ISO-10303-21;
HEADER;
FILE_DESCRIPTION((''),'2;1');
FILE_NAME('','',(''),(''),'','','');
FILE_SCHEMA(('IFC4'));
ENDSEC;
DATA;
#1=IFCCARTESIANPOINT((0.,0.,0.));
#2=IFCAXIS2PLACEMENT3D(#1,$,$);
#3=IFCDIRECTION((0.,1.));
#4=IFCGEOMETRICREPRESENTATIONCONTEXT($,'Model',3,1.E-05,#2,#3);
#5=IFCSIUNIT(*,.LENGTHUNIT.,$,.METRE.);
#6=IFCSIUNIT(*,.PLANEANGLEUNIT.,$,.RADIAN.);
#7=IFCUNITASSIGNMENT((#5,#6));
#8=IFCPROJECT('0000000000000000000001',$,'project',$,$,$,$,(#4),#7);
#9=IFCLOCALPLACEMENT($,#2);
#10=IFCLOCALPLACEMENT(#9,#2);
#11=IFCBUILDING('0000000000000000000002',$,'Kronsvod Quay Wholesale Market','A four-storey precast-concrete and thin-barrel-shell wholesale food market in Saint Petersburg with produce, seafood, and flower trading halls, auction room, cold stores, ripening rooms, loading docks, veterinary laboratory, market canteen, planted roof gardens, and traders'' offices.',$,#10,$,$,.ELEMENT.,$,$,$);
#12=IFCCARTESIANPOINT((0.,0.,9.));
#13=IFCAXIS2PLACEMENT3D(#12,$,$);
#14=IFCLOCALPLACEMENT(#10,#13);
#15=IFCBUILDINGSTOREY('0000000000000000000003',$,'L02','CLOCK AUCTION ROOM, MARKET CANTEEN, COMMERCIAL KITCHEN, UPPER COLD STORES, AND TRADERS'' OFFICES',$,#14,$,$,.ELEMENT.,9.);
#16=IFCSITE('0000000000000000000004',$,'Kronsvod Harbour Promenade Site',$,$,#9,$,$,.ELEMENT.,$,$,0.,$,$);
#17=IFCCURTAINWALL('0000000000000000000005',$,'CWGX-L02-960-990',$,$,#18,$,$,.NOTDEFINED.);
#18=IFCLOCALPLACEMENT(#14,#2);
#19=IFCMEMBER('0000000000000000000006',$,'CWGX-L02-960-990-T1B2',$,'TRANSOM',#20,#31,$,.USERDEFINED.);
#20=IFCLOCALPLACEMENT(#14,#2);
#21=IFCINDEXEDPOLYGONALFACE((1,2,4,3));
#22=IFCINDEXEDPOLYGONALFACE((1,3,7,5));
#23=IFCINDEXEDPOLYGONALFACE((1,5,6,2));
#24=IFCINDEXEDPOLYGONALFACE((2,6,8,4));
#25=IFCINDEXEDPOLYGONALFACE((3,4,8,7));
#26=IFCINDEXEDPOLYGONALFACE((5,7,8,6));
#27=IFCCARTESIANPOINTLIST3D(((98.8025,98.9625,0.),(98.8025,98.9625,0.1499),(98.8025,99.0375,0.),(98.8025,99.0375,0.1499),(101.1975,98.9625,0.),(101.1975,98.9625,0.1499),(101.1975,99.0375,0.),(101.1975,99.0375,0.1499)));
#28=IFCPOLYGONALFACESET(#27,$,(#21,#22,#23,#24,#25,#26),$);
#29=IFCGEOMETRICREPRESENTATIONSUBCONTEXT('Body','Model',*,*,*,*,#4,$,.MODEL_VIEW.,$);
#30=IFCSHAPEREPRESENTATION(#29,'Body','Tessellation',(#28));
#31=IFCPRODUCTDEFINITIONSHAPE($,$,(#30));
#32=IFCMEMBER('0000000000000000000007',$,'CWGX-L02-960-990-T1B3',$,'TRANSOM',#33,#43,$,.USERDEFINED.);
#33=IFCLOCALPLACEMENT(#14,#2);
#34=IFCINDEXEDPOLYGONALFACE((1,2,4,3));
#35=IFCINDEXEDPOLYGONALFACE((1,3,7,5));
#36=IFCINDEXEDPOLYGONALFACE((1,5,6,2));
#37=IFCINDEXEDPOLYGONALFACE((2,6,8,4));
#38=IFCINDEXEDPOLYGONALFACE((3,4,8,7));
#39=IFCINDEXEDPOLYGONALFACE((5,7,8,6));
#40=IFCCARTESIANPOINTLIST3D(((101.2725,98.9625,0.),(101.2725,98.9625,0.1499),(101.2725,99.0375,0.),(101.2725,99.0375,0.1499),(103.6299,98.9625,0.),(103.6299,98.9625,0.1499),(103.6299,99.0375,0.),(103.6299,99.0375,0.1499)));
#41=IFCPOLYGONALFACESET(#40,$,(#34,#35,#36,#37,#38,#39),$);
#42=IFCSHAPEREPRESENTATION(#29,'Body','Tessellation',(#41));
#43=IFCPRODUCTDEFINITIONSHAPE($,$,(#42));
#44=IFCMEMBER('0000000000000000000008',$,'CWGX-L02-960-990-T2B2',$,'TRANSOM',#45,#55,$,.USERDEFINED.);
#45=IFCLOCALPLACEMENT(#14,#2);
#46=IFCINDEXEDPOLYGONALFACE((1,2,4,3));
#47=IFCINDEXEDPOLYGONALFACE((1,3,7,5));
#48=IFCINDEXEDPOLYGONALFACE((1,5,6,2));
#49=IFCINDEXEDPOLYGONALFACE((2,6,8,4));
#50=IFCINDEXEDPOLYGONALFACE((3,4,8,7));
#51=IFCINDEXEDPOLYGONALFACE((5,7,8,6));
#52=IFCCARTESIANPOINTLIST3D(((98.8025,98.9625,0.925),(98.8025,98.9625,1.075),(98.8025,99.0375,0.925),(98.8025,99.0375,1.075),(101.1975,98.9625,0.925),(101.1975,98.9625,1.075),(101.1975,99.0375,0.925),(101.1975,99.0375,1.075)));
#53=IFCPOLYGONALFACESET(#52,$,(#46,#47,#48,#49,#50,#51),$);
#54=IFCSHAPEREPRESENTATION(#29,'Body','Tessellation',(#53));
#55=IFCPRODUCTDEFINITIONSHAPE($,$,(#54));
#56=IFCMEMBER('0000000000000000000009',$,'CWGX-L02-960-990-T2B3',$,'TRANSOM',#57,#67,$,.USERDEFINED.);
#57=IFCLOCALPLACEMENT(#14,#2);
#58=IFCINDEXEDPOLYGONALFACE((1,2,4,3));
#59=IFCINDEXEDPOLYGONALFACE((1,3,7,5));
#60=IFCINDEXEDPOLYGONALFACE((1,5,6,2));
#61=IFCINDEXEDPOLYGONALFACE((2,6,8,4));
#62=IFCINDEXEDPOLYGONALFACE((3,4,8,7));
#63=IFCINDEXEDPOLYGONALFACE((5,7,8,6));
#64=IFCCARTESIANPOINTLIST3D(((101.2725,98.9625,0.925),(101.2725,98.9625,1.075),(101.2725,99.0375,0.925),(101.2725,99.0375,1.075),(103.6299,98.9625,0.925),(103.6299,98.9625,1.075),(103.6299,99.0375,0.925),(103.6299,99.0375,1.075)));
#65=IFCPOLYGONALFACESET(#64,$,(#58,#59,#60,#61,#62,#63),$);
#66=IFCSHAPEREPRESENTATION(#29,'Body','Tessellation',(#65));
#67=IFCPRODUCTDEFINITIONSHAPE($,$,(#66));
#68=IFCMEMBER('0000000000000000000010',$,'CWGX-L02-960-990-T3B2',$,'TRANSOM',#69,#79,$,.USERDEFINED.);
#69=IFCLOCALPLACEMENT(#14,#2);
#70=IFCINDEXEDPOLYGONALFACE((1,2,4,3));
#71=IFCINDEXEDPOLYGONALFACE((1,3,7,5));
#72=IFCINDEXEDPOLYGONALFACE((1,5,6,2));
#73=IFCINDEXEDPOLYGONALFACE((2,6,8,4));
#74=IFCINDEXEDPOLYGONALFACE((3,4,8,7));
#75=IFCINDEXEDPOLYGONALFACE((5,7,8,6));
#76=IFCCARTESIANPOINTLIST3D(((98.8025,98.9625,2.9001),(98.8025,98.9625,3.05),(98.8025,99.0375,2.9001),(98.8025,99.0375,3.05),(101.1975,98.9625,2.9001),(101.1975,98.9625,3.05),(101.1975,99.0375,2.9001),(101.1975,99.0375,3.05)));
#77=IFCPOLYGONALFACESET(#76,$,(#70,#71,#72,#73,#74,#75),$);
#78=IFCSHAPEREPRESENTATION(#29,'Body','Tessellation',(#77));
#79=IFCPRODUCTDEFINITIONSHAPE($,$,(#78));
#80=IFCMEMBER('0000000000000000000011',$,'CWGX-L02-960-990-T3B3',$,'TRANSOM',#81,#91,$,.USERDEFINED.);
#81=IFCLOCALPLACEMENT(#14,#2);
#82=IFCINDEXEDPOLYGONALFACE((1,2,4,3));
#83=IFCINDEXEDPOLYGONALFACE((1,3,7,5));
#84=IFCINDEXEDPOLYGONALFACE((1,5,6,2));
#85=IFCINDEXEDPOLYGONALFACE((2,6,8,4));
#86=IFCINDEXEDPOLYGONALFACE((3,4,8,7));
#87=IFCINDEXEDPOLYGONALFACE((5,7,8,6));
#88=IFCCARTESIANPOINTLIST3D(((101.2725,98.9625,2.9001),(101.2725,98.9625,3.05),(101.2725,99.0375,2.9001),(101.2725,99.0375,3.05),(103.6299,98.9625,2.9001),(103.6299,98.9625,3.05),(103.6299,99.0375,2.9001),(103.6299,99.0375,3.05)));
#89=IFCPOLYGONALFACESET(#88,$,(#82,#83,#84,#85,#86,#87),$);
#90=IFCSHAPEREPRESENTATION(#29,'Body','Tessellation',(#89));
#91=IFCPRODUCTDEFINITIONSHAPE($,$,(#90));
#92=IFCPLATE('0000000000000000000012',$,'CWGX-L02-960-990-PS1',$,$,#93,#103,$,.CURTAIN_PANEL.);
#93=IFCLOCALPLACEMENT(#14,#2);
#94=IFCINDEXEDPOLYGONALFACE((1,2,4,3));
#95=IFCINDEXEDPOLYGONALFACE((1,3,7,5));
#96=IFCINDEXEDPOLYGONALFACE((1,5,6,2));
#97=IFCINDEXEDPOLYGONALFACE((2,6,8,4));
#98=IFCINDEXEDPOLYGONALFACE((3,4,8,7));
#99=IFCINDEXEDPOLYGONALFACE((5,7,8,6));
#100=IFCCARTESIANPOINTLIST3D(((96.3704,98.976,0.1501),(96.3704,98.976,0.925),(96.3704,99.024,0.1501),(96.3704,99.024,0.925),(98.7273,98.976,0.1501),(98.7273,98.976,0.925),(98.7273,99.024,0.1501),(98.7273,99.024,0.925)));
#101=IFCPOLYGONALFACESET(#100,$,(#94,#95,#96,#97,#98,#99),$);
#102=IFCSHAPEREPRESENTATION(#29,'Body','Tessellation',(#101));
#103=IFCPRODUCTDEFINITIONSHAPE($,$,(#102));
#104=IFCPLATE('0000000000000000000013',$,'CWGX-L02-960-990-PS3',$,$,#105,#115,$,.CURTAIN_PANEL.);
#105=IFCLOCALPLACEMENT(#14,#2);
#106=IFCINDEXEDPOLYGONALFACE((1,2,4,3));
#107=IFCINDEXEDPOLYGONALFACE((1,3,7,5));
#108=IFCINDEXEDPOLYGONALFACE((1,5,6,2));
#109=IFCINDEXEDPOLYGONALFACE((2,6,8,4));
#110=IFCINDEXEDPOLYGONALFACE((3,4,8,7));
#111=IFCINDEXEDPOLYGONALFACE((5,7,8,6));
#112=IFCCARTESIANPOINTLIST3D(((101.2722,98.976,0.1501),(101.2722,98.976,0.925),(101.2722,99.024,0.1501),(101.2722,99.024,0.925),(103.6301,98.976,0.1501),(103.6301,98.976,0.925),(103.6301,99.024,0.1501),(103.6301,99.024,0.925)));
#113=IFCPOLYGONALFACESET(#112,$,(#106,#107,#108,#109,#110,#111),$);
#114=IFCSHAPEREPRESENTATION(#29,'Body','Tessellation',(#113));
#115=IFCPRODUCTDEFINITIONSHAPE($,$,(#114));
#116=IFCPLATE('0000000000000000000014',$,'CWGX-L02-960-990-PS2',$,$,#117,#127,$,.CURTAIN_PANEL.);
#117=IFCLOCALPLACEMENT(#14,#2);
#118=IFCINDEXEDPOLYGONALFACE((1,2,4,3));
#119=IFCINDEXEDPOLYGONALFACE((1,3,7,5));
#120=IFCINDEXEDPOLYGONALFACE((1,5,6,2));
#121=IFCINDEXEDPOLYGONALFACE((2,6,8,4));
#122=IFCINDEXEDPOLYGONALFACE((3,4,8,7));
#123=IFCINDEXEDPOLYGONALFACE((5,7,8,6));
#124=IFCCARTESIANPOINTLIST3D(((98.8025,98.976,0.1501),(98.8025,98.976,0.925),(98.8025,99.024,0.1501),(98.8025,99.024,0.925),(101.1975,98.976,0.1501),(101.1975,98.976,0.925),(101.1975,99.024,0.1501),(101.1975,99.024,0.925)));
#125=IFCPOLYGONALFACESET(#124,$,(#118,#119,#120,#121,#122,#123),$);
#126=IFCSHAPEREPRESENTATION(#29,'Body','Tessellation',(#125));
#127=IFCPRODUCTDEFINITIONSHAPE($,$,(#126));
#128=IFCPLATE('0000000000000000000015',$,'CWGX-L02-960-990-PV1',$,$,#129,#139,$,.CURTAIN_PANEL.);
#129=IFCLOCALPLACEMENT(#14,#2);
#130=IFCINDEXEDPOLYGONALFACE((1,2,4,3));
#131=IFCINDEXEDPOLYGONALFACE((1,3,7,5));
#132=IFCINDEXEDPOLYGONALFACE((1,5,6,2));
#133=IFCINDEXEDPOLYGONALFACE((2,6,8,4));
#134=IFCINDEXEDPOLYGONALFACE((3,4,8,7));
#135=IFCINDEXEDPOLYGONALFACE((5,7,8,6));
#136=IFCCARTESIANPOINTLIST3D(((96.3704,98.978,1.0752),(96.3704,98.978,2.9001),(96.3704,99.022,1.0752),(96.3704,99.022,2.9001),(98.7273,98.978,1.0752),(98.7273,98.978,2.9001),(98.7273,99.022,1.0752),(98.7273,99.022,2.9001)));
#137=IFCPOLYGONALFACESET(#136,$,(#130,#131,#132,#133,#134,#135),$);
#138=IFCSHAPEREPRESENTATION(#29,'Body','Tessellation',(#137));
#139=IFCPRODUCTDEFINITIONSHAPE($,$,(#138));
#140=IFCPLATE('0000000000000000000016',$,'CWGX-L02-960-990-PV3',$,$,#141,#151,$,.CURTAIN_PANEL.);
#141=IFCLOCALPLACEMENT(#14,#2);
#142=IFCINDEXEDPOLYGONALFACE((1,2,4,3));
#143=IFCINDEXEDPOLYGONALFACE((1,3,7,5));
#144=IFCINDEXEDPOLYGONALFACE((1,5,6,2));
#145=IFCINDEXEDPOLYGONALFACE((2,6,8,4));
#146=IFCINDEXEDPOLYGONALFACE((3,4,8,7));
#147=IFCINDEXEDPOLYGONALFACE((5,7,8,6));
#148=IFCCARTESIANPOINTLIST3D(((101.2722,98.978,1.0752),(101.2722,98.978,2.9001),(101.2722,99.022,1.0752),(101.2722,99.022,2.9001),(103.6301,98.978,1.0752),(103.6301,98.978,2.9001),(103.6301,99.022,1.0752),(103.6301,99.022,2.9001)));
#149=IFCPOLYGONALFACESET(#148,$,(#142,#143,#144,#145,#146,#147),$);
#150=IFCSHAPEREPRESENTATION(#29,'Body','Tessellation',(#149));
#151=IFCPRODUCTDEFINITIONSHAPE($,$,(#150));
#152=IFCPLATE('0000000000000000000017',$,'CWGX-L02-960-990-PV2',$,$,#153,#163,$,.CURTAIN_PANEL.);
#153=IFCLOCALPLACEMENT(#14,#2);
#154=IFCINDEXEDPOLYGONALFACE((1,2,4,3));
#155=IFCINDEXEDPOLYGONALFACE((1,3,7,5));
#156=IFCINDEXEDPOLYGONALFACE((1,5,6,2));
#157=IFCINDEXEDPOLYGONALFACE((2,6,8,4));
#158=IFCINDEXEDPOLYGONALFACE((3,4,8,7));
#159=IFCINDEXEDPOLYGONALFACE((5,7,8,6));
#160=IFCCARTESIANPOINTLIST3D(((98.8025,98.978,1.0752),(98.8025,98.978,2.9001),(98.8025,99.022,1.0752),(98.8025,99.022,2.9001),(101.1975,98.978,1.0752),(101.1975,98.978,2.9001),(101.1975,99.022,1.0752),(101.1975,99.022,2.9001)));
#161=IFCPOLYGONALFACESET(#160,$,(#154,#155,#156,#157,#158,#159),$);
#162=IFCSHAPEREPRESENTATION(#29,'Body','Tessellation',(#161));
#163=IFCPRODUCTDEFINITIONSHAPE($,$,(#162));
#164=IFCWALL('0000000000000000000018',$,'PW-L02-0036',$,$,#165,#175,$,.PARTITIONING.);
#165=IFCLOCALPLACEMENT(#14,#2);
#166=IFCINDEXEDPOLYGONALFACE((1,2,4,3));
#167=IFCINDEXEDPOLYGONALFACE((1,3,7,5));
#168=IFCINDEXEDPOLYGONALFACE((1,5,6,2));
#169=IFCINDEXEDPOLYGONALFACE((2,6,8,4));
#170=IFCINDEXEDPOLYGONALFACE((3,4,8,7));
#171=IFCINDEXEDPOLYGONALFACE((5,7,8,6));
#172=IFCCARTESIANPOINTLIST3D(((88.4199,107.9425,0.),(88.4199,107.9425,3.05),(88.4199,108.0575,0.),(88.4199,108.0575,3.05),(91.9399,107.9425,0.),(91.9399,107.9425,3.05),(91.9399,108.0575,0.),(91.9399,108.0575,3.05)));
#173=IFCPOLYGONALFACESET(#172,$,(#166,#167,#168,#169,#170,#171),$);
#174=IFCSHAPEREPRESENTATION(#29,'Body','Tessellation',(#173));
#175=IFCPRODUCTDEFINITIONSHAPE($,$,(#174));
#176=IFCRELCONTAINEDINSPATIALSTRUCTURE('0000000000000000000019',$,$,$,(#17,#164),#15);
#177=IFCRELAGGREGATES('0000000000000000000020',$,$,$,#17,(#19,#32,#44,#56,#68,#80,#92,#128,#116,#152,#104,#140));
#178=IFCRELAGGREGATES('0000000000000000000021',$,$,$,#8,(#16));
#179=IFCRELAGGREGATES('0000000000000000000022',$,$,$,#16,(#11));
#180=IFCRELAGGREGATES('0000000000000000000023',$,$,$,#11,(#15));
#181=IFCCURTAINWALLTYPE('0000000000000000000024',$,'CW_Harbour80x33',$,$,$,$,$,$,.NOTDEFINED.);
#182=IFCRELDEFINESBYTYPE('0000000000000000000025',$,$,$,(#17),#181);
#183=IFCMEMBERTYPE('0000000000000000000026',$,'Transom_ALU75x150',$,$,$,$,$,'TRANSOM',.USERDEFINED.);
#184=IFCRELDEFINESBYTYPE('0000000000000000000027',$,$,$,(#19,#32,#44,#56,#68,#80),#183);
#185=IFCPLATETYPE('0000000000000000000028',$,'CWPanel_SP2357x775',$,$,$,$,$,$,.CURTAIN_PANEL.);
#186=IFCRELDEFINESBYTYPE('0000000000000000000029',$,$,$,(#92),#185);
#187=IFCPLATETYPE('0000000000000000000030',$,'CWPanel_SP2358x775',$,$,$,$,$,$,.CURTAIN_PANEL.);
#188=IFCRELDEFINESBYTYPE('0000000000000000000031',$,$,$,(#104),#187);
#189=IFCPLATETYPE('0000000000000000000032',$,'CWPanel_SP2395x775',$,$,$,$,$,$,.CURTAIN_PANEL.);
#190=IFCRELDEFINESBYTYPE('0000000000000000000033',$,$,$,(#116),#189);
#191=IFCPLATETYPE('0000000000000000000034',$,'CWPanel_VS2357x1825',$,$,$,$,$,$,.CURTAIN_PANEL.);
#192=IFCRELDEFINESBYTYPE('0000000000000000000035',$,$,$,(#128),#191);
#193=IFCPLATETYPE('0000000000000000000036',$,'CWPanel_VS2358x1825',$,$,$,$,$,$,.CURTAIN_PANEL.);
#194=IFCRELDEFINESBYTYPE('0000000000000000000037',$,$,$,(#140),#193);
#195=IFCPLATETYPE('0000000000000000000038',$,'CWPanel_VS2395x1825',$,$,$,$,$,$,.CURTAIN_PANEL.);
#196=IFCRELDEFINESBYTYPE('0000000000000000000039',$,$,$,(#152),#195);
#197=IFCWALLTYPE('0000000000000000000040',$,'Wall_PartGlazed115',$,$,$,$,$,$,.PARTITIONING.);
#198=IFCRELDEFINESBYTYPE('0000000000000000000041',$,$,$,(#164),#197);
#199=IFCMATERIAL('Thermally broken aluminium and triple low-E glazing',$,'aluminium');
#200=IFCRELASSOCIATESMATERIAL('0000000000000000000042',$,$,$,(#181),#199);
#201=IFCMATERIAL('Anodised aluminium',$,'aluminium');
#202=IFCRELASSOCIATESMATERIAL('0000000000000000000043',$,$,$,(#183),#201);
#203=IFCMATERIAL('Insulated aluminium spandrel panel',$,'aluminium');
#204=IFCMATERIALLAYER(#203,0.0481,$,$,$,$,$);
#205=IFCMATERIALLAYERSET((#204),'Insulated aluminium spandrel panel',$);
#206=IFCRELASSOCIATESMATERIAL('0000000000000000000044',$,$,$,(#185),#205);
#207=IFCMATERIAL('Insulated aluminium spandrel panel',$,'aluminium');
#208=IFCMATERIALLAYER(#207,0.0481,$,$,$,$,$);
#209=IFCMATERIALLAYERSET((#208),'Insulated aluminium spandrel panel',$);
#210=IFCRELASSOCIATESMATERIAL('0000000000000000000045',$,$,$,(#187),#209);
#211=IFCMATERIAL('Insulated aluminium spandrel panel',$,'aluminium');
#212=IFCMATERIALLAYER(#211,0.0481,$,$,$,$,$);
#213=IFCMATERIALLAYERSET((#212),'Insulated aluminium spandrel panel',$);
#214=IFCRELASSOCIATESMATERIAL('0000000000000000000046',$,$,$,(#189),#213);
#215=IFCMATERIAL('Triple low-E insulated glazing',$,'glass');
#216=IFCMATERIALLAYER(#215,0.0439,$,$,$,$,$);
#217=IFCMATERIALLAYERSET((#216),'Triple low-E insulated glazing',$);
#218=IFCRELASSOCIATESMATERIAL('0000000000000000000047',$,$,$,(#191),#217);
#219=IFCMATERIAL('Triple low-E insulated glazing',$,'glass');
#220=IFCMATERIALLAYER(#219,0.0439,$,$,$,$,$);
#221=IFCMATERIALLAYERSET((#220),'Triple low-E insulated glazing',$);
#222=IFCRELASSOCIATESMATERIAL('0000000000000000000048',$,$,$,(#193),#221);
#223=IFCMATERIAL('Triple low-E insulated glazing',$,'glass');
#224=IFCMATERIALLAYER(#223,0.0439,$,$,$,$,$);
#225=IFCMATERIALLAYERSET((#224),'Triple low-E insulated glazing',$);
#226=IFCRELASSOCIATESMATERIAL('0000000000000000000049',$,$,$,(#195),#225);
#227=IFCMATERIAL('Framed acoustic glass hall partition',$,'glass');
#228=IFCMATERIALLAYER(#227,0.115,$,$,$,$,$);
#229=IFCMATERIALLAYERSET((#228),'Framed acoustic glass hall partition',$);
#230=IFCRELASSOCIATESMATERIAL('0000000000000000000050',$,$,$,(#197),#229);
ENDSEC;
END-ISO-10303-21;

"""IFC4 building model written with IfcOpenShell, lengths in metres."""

from ifc_helpers import new_model, si_unit, direction, frame, frame_2d, origin, origin_2d, place, context, subcontext, project, spatial, rectangle, extrude, material, layer, layer_set, material_profile, profile_set, type_object, element, aggregate, save


model = new_model("IFC4")

# Units and contexts
model_context = context("Model", 3, precision=1e-05, world=origin(), true_north=direction((0.0, 1.0)))
body_context = subcontext(model_context, "Body", "Model", "MODEL_VIEW")
ifc_project = project(units=[si_unit("LENGTHUNIT", "METRE"), si_unit("PLANEANGLEUNIT", "RADIAN")], contexts=[model_context])

# Site, building, storey
site_placement = place(None, origin())
site = spatial("IfcSite", under=ifc_project, at=site_placement, Name="Kronsvod Harbour Promenade Site", CompositionType="ELEMENT", RefElevation=0.0)
building_placement = place(site_placement, origin())
building = spatial("IfcBuilding", under=site, at=building_placement, Name="Kronsvod Quay Wholesale Market", Description="A four-storey precast-concrete and thin-barrel-shell wholesale food market in Saint Petersburg with produce, seafood, and flower trading halls, auction room, cold stores, ripening rooms, loading docks, veterinary laboratory, market canteen, planted roof gardens, and traders' offices.", CompositionType="ELEMENT")
storey_placement = place(building_placement, frame((0.0, 0.0, 9.0)))
storey = spatial("IfcBuildingStorey", under=building, at=storey_placement, Name="L02", Description="CLOCK AUCTION ROOM, MARKET CANTEEN, COMMERCIAL KITCHEN, UPPER COLD STORES, AND TRADERS' OFFICES", CompositionType="ELEMENT", Elevation=9.0)

# Curtain wall, members, plates
ifc_material_1 = material(Name="Thermally broken aluminium and triple low-E glazing", Category="aluminium")
curtain_wall_type = type_object("IfcCurtainWallType", Name="CW_Harbour80x33", PredefinedType="NOTDEFINED", material=ifc_material_1)
curtain_wall_placement = place(storey_placement, origin())
curtain_wall = element("IfcCurtainWall", 1, at=curtain_wall_placement, inside=storey, type_object=curtain_wall_type, Name="CWGX-L02-960-990", PredefinedType="NOTDEFINED")
ifc_material_2 = material(Name="Anodised aluminium", Category="aluminium")
ifc_material_profile_1 = material_profile(ifc_material_2, rectangle(XDim=0.075, YDim=0.1499, at=origin_2d()), Name="ALUT75x150")
ifc_profile_set_1 = profile_set([ifc_material_profile_1], Name="Anodised aluminium")
member_type_1 = type_object("IfcMemberType", Name="Transom_ALU75x150", ElementType="TRANSOM", PredefinedType="USERDEFINED", material=ifc_profile_set_1)
member_1_placement = place(storey_placement, frame((98.8025, 99.0, 0.075), z_axis=(1.0, 0.0, 0.0), x_axis=(0.0, 1.0, 0.0)))
member_1 = element("IfcMember", 2, at=member_1_placement, type_object=member_type_1, Name="CWGX-L02-960-990-T1B2", ObjectType="TRANSOM", PredefinedType="USERDEFINED", context=body_context, shape_type="SweptSolid", body=[
    extrude(rectangle(XDim=0.075, YDim=0.1499, at=origin_2d()), origin(), (0.0, 0.0, 1.0), 2.395),
])
member_2_placement = place(storey_placement, frame((101.2725, 99.0, 0.075), z_axis=(1.0, 0.0, 0.0), x_axis=(0.0, 1.0, 0.0)))
member_2 = element("IfcMember", 3, at=member_2_placement, type_object=member_type_1, Name="CWGX-L02-960-990-T1B3", ObjectType="TRANSOM", PredefinedType="USERDEFINED", context=body_context, shape_type="SweptSolid", body=[
    extrude(rectangle(XDim=0.075, YDim=0.1499, at=origin_2d()), origin(), (0.0, 0.0, 1.0), 2.3574),
])
member_3_placement = place(storey_placement, frame((98.8025, 99.0, 1.0), z_axis=(1.0, 0.0, 0.0), x_axis=(0.0, 1.0, 0.0)))
member_3 = element("IfcMember", 4, at=member_3_placement, type_object=member_type_1, Name="CWGX-L02-960-990-T2B2", ObjectType="TRANSOM", PredefinedType="USERDEFINED", context=body_context, shape_type="SweptSolid", body=[
    extrude(rectangle(XDim=0.075, YDim=0.1499, at=origin_2d()), origin(), (0.0, 0.0, 1.0), 2.395),
])
member_4_placement = place(storey_placement, frame((101.2725, 99.0, 1.0), z_axis=(1.0, 0.0, 0.0), x_axis=(0.0, 1.0, 0.0)))
member_4 = element("IfcMember", 5, at=member_4_placement, type_object=member_type_1, Name="CWGX-L02-960-990-T2B3", ObjectType="TRANSOM", PredefinedType="USERDEFINED", context=body_context, shape_type="SweptSolid", body=[
    extrude(rectangle(XDim=0.075, YDim=0.1499, at=origin_2d()), origin(), (0.0, 0.0, 1.0), 2.3574),
])
member_5_placement = place(storey_placement, frame((98.8025, 99.0, 2.9751), z_axis=(1.0, 0.0, 0.0), x_axis=(0.0, 1.0, 0.0)))
member_5 = element("IfcMember", 6, at=member_5_placement, type_object=member_type_1, Name="CWGX-L02-960-990-T3B2", ObjectType="TRANSOM", PredefinedType="USERDEFINED", context=body_context, shape_type="SweptSolid", body=[
    extrude(rectangle(XDim=0.075, YDim=0.1499, at=origin_2d()), origin(), (0.0, 0.0, 1.0), 2.395),
])
member_6_placement = place(storey_placement, frame((101.2725, 99.0, 2.9751), z_axis=(1.0, 0.0, 0.0), x_axis=(0.0, 1.0, 0.0)))
member_6 = element("IfcMember", 7, at=member_6_placement, type_object=member_type_1, Name="CWGX-L02-960-990-T3B3", ObjectType="TRANSOM", PredefinedType="USERDEFINED", context=body_context, shape_type="SweptSolid", body=[
    extrude(rectangle(XDim=0.075, YDim=0.1499, at=origin_2d()), origin(), (0.0, 0.0, 1.0), 2.3574),
])
ifc_material_3 = material(Name="Insulated aluminium spandrel panel", Category="aluminium")
ifc_layer_1 = layer(ifc_material_3, 0.0481)
ifc_layer_set_1 = layer_set([ifc_layer_1], Name="Insulated aluminium spandrel panel")
plate_type_1 = type_object("IfcPlateType", Name="CWPanel_SP2357x775", PredefinedType="CURTAIN_PANEL", material=ifc_layer_set_1)
plate_1_placement = place(storey_placement, frame((97.5488, 99.0, 0.1501), z_axis=(0.0, 0.0, 1.0), x_axis=(1.0, 0.0, 0.0)))
plate_1 = element("IfcPlate", 8, at=plate_1_placement, type_object=plate_type_1, Name="CWGX-L02-960-990-PS1", PredefinedType="CURTAIN_PANEL", context=body_context, shape_type="SweptSolid", body=[
    extrude(rectangle(XDim=2.3569, YDim=0.0481, at=origin_2d()), origin(), (0.0, 0.0, 1.0), 0.7749),
])
ifc_material_4 = material(Name="Insulated aluminium spandrel panel", Category="aluminium")
ifc_layer_2 = layer(ifc_material_4, 0.0481)
ifc_layer_set_2 = layer_set([ifc_layer_2], Name="Insulated aluminium spandrel panel")
plate_type_2 = type_object("IfcPlateType", Name="CWPanel_SP2358x775", PredefinedType="CURTAIN_PANEL", material=ifc_layer_set_2)
plate_2_placement = place(storey_placement, frame((102.4512, 99.0, 0.1501), z_axis=(0.0, 0.0, 1.0), x_axis=(1.0, 0.0, 0.0)))
plate_2 = element("IfcPlate", 9, at=plate_2_placement, type_object=plate_type_2, Name="CWGX-L02-960-990-PS3", PredefinedType="CURTAIN_PANEL", context=body_context, shape_type="SweptSolid", body=[
    extrude(rectangle(XDim=2.3579, YDim=0.0481, at=origin_2d()), origin(), (0.0, 0.0, 1.0), 0.7749),
])
ifc_material_5 = material(Name="Insulated aluminium spandrel panel", Category="aluminium")
ifc_layer_3 = layer(ifc_material_5, 0.0481)
ifc_layer_set_3 = layer_set([ifc_layer_3], Name="Insulated aluminium spandrel panel")
plate_type_3 = type_object("IfcPlateType", Name="CWPanel_SP2395x775", PredefinedType="CURTAIN_PANEL", material=ifc_layer_set_3)
plate_3_placement = place(storey_placement, frame((100.0, 99.0, 0.1501), z_axis=(0.0, 0.0, 1.0), x_axis=(1.0, 0.0, 0.0)))
plate_3 = element("IfcPlate", 10, at=plate_3_placement, type_object=plate_type_3, Name="CWGX-L02-960-990-PS2", PredefinedType="CURTAIN_PANEL", context=body_context, shape_type="SweptSolid", body=[
    extrude(rectangle(XDim=2.395, YDim=0.0481, at=origin_2d()), origin(), (0.0, 0.0, 1.0), 0.7749),
])
ifc_material_6 = material(Name="Triple low-E insulated glazing", Category="glass")
ifc_layer_4 = layer(ifc_material_6, 0.0439)
ifc_layer_set_4 = layer_set([ifc_layer_4], Name="Triple low-E insulated glazing")
plate_type_4 = type_object("IfcPlateType", Name="CWPanel_VS2357x1825", PredefinedType="CURTAIN_PANEL", material=ifc_layer_set_4)
plate_4_placement = place(storey_placement, frame((97.5488, 99.0, 1.0752), z_axis=(0.0, 0.0, 1.0), x_axis=(1.0, 0.0, 0.0)))
plate_4 = element("IfcPlate", 11, at=plate_4_placement, type_object=plate_type_4, Name="CWGX-L02-960-990-PV1", PredefinedType="CURTAIN_PANEL", context=body_context, shape_type="SweptSolid", body=[
    extrude(rectangle(XDim=2.3569, YDim=0.0439, at=origin_2d()), origin(), (0.0, 0.0, 1.0), 1.825),
])
ifc_material_7 = material(Name="Triple low-E insulated glazing", Category="glass")
ifc_layer_5 = layer(ifc_material_7, 0.0439)
ifc_layer_set_5 = layer_set([ifc_layer_5], Name="Triple low-E insulated glazing")
plate_type_5 = type_object("IfcPlateType", Name="CWPanel_VS2358x1825", PredefinedType="CURTAIN_PANEL", material=ifc_layer_set_5)
plate_5_placement = place(storey_placement, frame((102.4512, 99.0, 1.0752), z_axis=(0.0, 0.0, 1.0), x_axis=(1.0, 0.0, 0.0)))
plate_5 = element("IfcPlate", 12, at=plate_5_placement, type_object=plate_type_5, Name="CWGX-L02-960-990-PV3", PredefinedType="CURTAIN_PANEL", context=body_context, shape_type="SweptSolid", body=[
    extrude(rectangle(XDim=2.3579, YDim=0.0439, at=origin_2d()), origin(), (0.0, 0.0, 1.0), 1.825),
])
ifc_material_8 = material(Name="Triple low-E insulated glazing", Category="glass")
ifc_layer_6 = layer(ifc_material_8, 0.0439)
ifc_layer_set_6 = layer_set([ifc_layer_6], Name="Triple low-E insulated glazing")
plate_type_6 = type_object("IfcPlateType", Name="CWPanel_VS2395x1825", PredefinedType="CURTAIN_PANEL", material=ifc_layer_set_6)
plate_6_placement = place(storey_placement, frame((100.0, 99.0, 1.0752), z_axis=(0.0, 0.0, 1.0), x_axis=(1.0, 0.0, 0.0)))
plate_6 = element("IfcPlate", 13, at=plate_6_placement, type_object=plate_type_6, Name="CWGX-L02-960-990-PV2", PredefinedType="CURTAIN_PANEL", context=body_context, shape_type="SweptSolid", body=[
    extrude(rectangle(XDim=2.395, YDim=0.0439, at=origin_2d()), origin(), (0.0, 0.0, 1.0), 1.825),
])
aggregate(curtain_wall, [member_1, member_2, member_3, member_4, member_5, member_6, plate_1, plate_4, plate_3, plate_6, plate_2, plate_5])

# Wall
ifc_material_9 = material(Name="Framed acoustic glass hall partition", Category="glass")
ifc_layer_7 = layer(ifc_material_9, 0.115)
ifc_layer_set_7 = layer_set([ifc_layer_7], Name="Framed acoustic glass hall partition")
wall_type_1 = type_object("IfcWallType", Name="Wall_PartGlazed115", PredefinedType="PARTITIONING", material=ifc_layer_set_7)
wall_1_placement = place(storey_placement, frame((88.4199, 108.0, 0.0), z_axis=(0.0, 0.0, 1.0), x_axis=(1.0, 0.0, 0.0)))
element("IfcWall", 14, at=wall_1_placement, inside=storey, type_object=wall_type_1, Name="PW-L02-0036", PredefinedType="PARTITIONING", context=body_context, shape_type="SweptSolid", body=[
    extrude(rectangle(XDim=3.52, YDim=0.115, at=frame_2d((1.76, 0.0))), origin(), (0.0, 0.0, 1.0), 3.05),
])

save(model, "model.ifc")
